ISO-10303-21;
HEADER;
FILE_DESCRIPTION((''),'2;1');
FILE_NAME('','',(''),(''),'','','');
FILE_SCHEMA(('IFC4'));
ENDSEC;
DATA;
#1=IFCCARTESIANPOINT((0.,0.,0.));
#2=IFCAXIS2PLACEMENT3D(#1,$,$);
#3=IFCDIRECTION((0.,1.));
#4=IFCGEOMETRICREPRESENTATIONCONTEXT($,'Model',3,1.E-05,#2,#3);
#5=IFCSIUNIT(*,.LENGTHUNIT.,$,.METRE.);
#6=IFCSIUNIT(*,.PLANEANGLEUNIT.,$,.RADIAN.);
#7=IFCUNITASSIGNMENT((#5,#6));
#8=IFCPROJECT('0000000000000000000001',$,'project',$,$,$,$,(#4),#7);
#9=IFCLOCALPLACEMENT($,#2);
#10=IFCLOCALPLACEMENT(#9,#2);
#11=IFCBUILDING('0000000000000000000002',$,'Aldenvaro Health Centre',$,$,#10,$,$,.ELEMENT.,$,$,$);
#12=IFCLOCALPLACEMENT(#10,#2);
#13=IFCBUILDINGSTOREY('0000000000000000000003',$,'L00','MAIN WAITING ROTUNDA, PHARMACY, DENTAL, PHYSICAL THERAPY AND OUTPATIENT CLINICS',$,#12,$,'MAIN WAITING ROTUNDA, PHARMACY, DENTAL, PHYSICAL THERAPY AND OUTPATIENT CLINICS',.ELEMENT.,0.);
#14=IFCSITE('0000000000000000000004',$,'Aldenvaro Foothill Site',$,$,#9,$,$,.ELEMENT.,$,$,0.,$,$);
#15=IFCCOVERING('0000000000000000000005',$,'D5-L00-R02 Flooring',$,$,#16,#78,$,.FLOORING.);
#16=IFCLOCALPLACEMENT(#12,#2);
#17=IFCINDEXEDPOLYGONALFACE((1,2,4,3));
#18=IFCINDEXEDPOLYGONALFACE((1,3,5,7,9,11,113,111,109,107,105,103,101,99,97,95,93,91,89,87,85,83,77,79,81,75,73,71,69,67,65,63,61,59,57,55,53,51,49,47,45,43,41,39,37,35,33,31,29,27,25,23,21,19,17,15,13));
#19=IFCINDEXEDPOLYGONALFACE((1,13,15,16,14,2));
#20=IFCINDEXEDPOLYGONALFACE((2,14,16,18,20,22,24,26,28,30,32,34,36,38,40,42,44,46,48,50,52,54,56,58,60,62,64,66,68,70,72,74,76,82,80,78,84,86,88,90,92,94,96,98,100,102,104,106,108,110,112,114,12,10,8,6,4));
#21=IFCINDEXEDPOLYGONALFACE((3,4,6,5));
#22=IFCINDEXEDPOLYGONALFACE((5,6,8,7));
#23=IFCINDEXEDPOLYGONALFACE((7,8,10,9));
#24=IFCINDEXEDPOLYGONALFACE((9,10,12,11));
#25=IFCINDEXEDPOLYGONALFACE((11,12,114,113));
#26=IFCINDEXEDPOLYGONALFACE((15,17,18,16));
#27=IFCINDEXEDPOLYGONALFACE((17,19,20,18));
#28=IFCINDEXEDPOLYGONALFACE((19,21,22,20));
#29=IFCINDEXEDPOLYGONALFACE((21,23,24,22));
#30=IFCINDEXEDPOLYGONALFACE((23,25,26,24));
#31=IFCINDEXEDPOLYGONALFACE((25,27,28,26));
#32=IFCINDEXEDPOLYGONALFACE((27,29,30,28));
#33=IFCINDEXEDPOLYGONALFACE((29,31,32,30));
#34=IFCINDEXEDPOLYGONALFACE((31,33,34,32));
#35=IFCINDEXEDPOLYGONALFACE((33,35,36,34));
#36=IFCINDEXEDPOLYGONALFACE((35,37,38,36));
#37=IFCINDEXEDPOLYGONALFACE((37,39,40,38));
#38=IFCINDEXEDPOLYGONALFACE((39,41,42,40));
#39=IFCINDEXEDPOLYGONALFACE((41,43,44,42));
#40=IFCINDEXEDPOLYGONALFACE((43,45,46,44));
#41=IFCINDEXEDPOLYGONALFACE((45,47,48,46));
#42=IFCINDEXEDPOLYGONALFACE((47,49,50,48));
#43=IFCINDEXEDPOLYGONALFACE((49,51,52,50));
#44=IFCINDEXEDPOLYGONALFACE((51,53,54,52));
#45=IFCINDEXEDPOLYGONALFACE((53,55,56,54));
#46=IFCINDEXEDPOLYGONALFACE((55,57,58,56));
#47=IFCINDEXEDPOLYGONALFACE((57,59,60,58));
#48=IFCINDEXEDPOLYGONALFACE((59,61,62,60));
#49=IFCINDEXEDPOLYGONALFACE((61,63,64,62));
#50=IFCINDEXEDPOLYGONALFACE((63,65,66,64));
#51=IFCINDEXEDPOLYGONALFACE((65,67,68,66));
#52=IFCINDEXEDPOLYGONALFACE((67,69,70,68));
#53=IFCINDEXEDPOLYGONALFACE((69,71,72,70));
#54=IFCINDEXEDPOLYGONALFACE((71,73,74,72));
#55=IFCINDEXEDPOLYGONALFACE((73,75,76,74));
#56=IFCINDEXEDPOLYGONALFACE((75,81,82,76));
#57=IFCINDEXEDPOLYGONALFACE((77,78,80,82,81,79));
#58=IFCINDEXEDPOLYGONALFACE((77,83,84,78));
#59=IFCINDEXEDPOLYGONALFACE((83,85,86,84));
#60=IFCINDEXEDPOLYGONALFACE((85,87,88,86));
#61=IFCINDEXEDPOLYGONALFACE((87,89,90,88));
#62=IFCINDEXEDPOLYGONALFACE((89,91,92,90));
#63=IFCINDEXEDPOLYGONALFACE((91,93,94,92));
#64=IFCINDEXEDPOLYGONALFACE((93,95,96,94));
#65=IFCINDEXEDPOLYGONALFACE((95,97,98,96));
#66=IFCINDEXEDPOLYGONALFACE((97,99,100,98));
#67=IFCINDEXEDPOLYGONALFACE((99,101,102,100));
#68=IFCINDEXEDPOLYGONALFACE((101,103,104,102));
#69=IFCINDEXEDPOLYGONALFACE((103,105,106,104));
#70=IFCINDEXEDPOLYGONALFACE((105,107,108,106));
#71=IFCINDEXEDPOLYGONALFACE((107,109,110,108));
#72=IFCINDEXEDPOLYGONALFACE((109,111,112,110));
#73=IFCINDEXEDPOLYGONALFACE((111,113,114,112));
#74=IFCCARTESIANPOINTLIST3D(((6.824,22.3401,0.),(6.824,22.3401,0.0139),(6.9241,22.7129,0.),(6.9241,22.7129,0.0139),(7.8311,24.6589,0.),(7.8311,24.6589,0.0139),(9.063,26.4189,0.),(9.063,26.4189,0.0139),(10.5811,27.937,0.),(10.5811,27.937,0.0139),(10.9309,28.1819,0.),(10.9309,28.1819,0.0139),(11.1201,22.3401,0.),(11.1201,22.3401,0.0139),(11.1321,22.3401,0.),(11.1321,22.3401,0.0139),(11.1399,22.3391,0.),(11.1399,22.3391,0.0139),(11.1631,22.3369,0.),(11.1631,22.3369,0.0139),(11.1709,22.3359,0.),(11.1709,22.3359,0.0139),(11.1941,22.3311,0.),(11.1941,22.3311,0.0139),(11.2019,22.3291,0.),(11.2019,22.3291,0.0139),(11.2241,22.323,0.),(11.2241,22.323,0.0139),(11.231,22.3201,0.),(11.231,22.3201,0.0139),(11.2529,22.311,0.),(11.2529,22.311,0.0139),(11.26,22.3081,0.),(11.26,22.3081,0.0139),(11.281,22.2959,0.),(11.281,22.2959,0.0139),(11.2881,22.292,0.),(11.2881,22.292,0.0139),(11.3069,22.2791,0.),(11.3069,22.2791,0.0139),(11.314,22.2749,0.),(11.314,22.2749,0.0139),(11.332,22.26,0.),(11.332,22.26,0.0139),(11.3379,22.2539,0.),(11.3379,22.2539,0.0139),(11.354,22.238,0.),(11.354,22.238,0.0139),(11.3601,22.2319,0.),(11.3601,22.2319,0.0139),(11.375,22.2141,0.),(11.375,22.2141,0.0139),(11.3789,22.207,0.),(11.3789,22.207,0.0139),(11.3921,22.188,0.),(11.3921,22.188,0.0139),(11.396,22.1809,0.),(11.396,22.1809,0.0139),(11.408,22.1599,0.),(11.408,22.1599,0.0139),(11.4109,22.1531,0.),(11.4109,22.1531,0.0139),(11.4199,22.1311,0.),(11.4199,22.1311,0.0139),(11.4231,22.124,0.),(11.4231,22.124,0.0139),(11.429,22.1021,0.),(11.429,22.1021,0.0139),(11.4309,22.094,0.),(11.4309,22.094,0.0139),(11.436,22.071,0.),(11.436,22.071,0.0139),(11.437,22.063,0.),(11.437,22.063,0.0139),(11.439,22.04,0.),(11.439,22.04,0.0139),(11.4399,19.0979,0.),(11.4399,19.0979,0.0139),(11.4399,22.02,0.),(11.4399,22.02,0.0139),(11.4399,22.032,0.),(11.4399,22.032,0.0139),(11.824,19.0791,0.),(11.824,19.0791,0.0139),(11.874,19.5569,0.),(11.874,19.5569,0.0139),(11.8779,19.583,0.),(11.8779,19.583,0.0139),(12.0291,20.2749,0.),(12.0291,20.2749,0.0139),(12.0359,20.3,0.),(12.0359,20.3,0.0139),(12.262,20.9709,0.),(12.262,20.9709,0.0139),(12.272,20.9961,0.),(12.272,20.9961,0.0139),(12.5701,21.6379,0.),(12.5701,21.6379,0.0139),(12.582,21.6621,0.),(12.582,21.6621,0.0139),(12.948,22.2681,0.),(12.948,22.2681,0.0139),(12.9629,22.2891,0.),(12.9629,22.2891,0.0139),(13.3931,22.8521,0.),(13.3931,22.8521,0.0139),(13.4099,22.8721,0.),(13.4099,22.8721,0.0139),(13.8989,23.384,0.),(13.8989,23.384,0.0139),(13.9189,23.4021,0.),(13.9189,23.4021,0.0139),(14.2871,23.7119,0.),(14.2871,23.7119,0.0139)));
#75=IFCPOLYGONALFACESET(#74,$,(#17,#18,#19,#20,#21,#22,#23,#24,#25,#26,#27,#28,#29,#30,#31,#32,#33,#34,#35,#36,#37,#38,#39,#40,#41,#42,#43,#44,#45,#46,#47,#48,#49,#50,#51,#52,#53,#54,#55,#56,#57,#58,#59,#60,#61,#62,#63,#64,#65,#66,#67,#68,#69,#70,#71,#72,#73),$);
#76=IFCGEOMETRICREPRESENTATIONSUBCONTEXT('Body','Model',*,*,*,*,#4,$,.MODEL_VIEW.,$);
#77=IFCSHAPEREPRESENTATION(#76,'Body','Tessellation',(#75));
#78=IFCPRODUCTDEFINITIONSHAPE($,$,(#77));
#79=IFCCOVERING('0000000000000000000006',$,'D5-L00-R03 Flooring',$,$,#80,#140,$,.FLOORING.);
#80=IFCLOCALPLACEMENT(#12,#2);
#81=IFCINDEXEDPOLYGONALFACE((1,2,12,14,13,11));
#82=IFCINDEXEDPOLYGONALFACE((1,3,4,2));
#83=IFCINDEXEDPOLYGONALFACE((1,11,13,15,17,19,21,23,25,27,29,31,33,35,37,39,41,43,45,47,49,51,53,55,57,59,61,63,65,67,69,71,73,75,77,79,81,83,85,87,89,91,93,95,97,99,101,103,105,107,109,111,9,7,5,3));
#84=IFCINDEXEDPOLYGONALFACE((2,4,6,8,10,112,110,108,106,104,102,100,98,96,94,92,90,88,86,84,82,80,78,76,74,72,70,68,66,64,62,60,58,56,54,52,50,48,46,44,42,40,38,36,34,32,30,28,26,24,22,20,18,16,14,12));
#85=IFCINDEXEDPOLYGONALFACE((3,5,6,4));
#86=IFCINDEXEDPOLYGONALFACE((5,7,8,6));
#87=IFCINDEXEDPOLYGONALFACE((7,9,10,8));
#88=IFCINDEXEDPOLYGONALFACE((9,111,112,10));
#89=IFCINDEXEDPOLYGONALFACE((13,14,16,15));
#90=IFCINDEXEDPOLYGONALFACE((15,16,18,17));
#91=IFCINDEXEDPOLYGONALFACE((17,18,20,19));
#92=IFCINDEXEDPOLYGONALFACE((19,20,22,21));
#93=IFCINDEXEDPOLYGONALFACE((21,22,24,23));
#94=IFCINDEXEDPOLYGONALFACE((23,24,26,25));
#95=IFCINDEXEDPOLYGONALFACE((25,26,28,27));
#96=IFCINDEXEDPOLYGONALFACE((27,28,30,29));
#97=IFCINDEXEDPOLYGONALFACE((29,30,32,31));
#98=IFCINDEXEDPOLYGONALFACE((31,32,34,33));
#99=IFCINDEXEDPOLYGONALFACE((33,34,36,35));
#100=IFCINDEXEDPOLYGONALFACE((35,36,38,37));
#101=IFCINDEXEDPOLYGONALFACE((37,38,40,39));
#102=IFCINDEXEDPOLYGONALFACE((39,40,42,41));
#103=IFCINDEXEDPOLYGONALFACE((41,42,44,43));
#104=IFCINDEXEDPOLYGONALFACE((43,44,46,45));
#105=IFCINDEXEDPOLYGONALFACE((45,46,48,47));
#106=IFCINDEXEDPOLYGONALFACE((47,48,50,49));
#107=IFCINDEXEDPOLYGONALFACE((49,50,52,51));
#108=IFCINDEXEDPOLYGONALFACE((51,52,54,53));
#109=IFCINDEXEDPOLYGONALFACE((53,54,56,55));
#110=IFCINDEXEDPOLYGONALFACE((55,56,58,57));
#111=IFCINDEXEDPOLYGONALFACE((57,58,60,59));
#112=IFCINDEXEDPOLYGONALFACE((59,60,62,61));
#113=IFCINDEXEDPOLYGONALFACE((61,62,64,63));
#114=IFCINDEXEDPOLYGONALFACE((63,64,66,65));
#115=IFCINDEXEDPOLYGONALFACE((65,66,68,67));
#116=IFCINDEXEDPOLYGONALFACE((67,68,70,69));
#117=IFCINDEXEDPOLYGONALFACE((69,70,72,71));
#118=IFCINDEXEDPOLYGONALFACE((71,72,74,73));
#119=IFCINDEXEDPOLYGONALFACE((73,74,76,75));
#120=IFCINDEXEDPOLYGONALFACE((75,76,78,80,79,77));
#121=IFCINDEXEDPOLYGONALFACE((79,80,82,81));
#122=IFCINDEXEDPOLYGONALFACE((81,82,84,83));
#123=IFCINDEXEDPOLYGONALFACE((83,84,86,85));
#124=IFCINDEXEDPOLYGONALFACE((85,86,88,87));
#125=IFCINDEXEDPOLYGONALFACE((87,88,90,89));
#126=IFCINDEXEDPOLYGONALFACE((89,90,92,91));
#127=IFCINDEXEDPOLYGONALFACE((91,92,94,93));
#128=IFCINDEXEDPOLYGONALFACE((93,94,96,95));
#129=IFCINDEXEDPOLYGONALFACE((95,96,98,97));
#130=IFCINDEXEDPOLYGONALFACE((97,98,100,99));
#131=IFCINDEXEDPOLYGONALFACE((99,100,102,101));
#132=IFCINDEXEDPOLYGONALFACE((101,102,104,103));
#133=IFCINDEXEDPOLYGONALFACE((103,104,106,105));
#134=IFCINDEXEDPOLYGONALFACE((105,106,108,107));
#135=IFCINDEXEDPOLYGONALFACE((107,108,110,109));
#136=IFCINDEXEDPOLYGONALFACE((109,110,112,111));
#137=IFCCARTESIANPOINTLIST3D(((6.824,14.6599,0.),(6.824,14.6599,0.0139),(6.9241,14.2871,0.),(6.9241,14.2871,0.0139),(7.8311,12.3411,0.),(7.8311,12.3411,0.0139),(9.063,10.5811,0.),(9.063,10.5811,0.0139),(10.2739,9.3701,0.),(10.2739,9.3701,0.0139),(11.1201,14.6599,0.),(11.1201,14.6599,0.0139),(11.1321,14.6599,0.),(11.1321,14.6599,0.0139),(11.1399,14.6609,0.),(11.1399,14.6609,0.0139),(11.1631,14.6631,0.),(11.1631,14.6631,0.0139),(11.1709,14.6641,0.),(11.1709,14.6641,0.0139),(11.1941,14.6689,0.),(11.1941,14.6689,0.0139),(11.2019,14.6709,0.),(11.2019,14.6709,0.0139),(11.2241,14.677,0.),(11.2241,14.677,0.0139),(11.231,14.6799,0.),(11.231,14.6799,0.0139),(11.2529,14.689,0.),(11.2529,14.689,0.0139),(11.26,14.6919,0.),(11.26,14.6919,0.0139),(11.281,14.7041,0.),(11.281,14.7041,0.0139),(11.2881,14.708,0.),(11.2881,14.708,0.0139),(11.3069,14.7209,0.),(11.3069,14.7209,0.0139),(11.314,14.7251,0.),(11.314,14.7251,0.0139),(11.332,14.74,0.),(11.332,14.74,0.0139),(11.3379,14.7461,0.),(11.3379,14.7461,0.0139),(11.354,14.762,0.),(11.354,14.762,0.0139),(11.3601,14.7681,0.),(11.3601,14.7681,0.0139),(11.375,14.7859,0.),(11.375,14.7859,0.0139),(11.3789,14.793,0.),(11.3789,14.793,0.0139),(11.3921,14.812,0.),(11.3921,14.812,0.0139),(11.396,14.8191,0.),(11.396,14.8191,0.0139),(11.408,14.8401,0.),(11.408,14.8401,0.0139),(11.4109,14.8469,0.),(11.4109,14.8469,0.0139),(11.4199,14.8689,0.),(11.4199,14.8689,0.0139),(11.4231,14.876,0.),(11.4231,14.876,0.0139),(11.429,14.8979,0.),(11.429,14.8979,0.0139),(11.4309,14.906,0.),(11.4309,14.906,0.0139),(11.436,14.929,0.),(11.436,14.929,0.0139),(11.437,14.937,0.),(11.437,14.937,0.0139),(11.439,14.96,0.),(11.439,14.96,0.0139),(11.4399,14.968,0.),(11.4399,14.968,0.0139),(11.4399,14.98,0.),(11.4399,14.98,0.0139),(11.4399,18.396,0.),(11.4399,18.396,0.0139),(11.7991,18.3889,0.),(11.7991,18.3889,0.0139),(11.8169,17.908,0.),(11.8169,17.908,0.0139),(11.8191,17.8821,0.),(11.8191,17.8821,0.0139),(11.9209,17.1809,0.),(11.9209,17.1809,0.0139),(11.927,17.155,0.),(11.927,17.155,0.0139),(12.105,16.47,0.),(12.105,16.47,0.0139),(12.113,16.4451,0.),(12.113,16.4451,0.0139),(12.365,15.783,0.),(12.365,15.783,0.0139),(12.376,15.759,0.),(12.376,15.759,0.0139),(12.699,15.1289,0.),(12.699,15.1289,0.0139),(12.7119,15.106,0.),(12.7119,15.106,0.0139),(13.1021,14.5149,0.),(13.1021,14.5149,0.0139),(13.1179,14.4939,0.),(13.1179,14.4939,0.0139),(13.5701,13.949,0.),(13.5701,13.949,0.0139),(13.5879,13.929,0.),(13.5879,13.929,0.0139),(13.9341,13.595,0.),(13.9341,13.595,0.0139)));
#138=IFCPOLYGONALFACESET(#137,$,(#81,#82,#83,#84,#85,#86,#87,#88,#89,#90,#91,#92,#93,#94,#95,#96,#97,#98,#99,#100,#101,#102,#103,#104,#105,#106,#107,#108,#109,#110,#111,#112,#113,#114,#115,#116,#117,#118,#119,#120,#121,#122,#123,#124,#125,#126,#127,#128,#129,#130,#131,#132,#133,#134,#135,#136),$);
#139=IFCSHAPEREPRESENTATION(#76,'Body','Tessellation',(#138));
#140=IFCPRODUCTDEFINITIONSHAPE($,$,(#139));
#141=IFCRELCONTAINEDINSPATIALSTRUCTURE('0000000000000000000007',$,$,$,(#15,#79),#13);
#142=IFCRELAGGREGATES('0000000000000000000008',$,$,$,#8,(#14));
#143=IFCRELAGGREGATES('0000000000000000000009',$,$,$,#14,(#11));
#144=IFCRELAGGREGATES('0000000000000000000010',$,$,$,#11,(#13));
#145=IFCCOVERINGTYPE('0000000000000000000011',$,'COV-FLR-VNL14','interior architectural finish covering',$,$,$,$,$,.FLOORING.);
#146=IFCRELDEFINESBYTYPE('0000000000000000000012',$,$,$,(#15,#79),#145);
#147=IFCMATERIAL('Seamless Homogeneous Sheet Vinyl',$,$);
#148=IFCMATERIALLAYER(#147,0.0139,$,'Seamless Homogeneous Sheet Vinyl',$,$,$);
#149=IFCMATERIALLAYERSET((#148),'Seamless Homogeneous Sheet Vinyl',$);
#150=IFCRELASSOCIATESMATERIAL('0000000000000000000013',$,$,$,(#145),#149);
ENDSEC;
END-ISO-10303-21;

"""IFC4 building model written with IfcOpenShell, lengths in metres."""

from ifc_helpers import new_model, si_unit, direction, origin, place, context, subcontext, project, spatial, polyline, outline, extrude, material, layer, layer_set, type_object, element, save


model = new_model("IFC4")

# Units and contexts
model_context = context("Model", 3, precision=1e-05, world=origin(), true_north=direction((0.0, 1.0)))
body_context = subcontext(model_context, "Body", "Model", "MODEL_VIEW")
ifc_project = project(units=[si_unit("LENGTHUNIT", "METRE"), si_unit("PLANEANGLEUNIT", "RADIAN")], contexts=[model_context])

# Site, building, storey
site_placement = place(None, origin())
site = spatial("IfcSite", under=ifc_project, at=site_placement, Name="Aldenvaro Foothill Site", CompositionType="ELEMENT", RefElevation=0.0)
building_placement = place(site_placement, origin())
building = spatial("IfcBuilding", under=site, at=building_placement, Name="Aldenvaro Health Centre", CompositionType="ELEMENT")
storey_placement = place(building_placement, origin())
storey = spatial("IfcBuildingStorey", under=building, at=storey_placement, Name="L00", Description="MAIN WAITING ROTUNDA, PHARMACY, DENTAL, PHYSICAL THERAPY AND OUTPATIENT CLINICS", LongName="MAIN WAITING ROTUNDA, PHARMACY, DENTAL, PHYSICAL THERAPY AND OUTPATIENT CLINICS", CompositionType="ELEMENT", Elevation=0.0)

# Coverings
ifc_material_1 = material(Name="Seamless Homogeneous Sheet Vinyl")
ifc_layer_1 = layer(ifc_material_1, 0.0139, Name="Seamless Homogeneous Sheet Vinyl")
ifc_layer_set_1 = layer_set([ifc_layer_1], Name="Seamless Homogeneous Sheet Vinyl")
covering_type_1 = type_object("IfcCoveringType", Name="COV-FLR-VNL14", Description="interior architectural finish covering", PredefinedType="FLOORING", material=ifc_layer_set_1)
covering_1_placement = place(storey_placement, origin())
element("IfcCovering", 1, at=covering_1_placement, inside=storey, type_object=covering_type_1, Name="D5-L00-R02 Flooring", PredefinedType="FLOORING", context=body_context, shape_type="SweptSolid", body=[
    extrude(outline(polyline([(13.9189, 23.4021), (13.8989, 23.384), (13.4099, 22.8721), (13.3931, 22.8521), (12.9629, 22.2891), (12.948, 22.2681), (12.582, 21.6621), (12.5701, 21.6379), (12.272, 20.9961), (12.262, 20.9709), (12.0359, 20.3), (12.0291, 20.2749), (11.8779, 19.583), (11.874, 19.5569), (11.824, 19.0791), (11.4399, 19.0979), (11.4399, 22.02), (11.4399, 22.032), (11.439, 22.04), (11.437, 22.063), (11.436, 22.071), (11.4309, 22.094), (11.429, 22.1021), (11.4231, 22.124), (11.4199, 22.1311), (11.4109, 22.1531), (11.408, 22.1599), (11.396, 22.1809), (11.3921, 22.188), (11.3789, 22.207), (11.375, 22.2141), (11.3601, 22.2319), (11.354, 22.238), (11.3379, 22.2539), (11.332, 22.26), (11.314, 22.2749), (11.3069, 22.2791), (11.2881, 22.292), (11.281, 22.2959), (11.26, 22.3081), (11.2529, 22.311), (11.231, 22.3201), (11.2241, 22.323), (11.2019, 22.3291), (11.1941, 22.3311), (11.1709, 22.3359), (11.1631, 22.3369), (11.1399, 22.3391), (11.1321, 22.3401), (11.1201, 22.3401), (6.824, 22.3401), (6.9241, 22.7129), (7.8311, 24.6589), (9.063, 26.4189), (10.5811, 27.937), (10.9309, 28.1819), (14.2871, 23.7119), (13.9189, 23.4021)])), origin(), (0.0, 0.0, 1.0), 0.0139),
])
covering_2_placement = place(storey_placement, origin())
element("IfcCovering", 2, at=covering_2_placement, inside=storey, type_object=covering_type_1, Name="D5-L00-R03 Flooring", PredefinedType="FLOORING", context=body_context, shape_type="SweptSolid", body=[
    extrude(outline(polyline([(11.8169, 17.908), (11.8191, 17.8821), (11.9209, 17.1809), (11.927, 17.155), (12.105, 16.47), (12.113, 16.4451), (12.365, 15.783), (12.376, 15.759), (12.699, 15.1289), (12.7119, 15.106), (13.1021, 14.5149), (13.1179, 14.4939), (13.5701, 13.949), (13.5879, 13.929), (13.9341, 13.595), (10.2739, 9.3701), (9.063, 10.5811), (7.8311, 12.3411), (6.9241, 14.2871), (6.824, 14.6599), (11.1201, 14.6599), (11.1321, 14.6599), (11.1399, 14.6609), (11.1631, 14.6631), (11.1709, 14.6641), (11.1941, 14.6689), (11.2019, 14.6709), (11.2241, 14.677), (11.231, 14.6799), (11.2529, 14.689), (11.26, 14.6919), (11.281, 14.7041), (11.2881, 14.708), (11.3069, 14.7209), (11.314, 14.7251), (11.332, 14.74), (11.3379, 14.7461), (11.354, 14.762), (11.3601, 14.7681), (11.375, 14.7859), (11.3789, 14.793), (11.3921, 14.812), (11.396, 14.8191), (11.408, 14.8401), (11.4109, 14.8469), (11.4199, 14.8689), (11.4231, 14.876), (11.429, 14.8979), (11.4309, 14.906), (11.436, 14.929), (11.437, 14.937), (11.439, 14.96), (11.4399, 14.968), (11.4399, 14.98), (11.4399, 18.396), (11.7991, 18.3889), (11.8169, 17.908)])), origin(), (0.0, 0.0, 1.0), 0.0139),
])

save(model, "model.ifc")
